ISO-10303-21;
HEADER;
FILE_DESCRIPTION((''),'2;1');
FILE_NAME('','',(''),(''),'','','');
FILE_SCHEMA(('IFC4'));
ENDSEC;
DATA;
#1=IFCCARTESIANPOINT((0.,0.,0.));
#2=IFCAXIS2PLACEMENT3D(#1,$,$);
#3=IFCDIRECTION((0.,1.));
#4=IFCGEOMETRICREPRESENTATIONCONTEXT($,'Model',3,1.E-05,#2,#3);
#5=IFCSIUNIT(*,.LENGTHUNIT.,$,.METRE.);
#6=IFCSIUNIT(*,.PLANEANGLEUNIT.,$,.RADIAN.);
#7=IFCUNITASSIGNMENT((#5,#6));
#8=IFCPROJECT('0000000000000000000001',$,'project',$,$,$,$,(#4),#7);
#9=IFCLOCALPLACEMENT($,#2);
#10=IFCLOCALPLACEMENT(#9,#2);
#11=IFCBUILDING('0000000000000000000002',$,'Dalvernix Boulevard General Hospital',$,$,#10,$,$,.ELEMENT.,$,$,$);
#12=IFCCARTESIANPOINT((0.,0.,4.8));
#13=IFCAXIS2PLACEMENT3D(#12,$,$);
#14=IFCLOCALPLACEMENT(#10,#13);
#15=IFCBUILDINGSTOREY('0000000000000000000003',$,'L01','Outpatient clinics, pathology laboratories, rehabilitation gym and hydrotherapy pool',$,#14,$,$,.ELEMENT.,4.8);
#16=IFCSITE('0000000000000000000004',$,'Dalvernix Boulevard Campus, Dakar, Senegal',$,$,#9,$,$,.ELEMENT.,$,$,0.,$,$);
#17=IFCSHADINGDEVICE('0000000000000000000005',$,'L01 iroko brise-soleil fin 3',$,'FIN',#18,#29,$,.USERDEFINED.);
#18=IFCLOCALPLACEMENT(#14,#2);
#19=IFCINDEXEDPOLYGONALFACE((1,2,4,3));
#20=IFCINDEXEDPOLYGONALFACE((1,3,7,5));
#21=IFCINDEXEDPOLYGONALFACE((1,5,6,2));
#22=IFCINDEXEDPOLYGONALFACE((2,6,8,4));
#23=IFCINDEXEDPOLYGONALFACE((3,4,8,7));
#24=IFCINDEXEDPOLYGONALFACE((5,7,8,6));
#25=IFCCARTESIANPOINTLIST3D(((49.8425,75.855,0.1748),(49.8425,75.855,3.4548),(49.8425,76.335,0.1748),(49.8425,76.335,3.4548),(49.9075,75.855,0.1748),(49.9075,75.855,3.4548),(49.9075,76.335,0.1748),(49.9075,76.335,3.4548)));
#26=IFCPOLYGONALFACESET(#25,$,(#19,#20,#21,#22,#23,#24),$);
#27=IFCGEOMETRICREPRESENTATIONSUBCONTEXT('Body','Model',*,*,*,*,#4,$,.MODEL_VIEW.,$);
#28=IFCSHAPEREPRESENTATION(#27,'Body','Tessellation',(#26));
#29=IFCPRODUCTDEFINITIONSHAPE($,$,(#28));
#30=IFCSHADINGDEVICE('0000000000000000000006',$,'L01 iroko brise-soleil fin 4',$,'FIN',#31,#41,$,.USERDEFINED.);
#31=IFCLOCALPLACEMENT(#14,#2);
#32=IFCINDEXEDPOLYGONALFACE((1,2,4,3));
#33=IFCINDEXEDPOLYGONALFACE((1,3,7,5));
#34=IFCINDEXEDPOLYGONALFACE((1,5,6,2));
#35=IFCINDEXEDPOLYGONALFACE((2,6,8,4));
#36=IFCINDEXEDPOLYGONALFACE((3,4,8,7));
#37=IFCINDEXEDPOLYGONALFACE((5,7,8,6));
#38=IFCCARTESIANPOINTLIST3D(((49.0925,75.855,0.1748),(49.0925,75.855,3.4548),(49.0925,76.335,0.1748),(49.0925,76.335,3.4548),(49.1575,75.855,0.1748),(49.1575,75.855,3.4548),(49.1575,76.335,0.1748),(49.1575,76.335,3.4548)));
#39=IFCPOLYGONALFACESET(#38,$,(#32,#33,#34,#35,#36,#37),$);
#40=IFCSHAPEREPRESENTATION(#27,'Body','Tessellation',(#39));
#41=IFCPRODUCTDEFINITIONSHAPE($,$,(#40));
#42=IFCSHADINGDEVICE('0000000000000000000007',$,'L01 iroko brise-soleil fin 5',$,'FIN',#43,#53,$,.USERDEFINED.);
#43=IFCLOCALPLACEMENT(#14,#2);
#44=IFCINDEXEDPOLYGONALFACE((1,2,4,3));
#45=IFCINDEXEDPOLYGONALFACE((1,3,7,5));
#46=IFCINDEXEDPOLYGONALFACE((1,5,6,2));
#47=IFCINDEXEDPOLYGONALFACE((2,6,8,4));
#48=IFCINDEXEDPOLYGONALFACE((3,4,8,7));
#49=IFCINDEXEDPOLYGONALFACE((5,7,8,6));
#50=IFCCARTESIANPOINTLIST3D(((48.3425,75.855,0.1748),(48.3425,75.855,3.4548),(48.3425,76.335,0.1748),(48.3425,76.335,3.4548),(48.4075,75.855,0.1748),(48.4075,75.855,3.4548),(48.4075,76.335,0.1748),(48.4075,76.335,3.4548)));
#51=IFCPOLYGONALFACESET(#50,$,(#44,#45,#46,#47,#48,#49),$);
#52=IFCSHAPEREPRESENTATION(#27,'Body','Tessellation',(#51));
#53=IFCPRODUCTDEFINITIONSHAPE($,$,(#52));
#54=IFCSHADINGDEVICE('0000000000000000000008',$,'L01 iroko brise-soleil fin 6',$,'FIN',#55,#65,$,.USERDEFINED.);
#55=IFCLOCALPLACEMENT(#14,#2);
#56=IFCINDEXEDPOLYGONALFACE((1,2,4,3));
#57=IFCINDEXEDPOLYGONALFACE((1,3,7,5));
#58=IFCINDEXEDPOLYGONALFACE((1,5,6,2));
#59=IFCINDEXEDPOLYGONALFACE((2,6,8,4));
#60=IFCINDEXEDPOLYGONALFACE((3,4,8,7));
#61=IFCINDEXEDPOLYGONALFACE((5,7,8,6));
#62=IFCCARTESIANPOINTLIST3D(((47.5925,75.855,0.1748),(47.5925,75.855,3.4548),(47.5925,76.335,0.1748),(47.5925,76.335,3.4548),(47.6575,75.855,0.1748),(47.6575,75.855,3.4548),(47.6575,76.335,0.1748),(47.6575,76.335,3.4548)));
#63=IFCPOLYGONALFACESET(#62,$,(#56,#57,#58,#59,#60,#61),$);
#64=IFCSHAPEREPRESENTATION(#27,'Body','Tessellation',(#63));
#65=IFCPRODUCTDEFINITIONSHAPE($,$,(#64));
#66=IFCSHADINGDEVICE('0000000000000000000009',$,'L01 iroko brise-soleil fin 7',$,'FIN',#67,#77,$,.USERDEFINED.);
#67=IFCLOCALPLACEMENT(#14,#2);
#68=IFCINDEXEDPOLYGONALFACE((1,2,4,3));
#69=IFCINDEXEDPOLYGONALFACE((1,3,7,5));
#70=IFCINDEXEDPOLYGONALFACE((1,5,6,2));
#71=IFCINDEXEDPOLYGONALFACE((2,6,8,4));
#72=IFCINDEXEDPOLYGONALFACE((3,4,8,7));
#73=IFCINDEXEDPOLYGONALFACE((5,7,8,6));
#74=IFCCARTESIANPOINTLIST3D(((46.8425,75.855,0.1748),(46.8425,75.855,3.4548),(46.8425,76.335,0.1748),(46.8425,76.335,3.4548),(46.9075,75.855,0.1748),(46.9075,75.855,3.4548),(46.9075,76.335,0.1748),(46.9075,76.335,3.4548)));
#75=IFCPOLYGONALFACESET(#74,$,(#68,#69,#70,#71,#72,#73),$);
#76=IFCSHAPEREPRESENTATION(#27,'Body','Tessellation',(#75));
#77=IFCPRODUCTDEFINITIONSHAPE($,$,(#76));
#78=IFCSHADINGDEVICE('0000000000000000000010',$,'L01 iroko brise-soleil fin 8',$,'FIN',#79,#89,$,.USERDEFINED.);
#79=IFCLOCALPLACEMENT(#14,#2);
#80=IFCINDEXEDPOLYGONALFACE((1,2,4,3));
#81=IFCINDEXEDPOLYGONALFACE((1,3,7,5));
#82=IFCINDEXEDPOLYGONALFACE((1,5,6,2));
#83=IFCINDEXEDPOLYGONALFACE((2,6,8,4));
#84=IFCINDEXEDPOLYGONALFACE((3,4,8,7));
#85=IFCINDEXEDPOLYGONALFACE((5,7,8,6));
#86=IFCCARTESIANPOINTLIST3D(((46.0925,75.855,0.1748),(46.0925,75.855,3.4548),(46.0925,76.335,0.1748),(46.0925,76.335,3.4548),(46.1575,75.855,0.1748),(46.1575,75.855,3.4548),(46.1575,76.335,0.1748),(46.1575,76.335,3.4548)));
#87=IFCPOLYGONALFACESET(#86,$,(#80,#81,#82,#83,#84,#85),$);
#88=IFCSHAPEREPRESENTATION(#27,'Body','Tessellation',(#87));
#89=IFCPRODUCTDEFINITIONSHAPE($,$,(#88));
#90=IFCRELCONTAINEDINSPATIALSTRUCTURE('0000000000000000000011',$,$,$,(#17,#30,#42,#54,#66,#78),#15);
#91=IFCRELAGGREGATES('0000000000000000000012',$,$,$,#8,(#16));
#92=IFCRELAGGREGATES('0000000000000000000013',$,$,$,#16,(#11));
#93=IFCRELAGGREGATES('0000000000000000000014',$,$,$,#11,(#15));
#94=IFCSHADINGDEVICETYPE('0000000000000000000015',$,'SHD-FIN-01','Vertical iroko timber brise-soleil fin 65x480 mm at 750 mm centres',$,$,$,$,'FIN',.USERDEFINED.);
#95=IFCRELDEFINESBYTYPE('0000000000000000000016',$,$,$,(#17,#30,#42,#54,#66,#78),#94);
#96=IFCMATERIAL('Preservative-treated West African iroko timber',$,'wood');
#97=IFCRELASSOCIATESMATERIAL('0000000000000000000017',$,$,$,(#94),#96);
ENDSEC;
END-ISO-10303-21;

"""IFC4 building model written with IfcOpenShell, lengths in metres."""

from ifc_helpers import new_model, si_unit, direction, frame, origin, origin_2d, place, context, subcontext, project, spatial, rectangle, extrude, material, type_object, element, save


model = new_model("IFC4")

# Units and contexts
model_context = context("Model", 3, precision=1e-05, world=origin(), true_north=direction((0.0, 1.0)))
body_context = subcontext(model_context, "Body", "Model", "MODEL_VIEW")
ifc_project = project(units=[si_unit("LENGTHUNIT", "METRE"), si_unit("PLANEANGLEUNIT", "RADIAN")], contexts=[model_context])

# Site, building, storey
site_placement = place(None, origin())
site = spatial("IfcSite", under=ifc_project, at=site_placement, Name="Dalvernix Boulevard Campus, Dakar, Senegal", CompositionType="ELEMENT", RefElevation=0.0)
building_placement = place(site_placement, origin())
building = spatial("IfcBuilding", under=site, at=building_placement, Name="Dalvernix Boulevard General Hospital", CompositionType="ELEMENT")
storey_placement = place(building_placement, frame((0.0, 0.0, 4.8)))
storey = spatial("IfcBuildingStorey", under=building, at=storey_placement, Name="L01", Description="Outpatient clinics, pathology laboratories, rehabilitation gym and hydrotherapy pool", CompositionType="ELEMENT", Elevation=4.8)

# Shading devices
ifc_material_1 = material(Name="Preservative-treated West African iroko timber", Category="wood")
shading_device_type = type_object("IfcShadingDeviceType", Name="SHD-FIN-01", Description="Vertical iroko timber brise-soleil fin 65x480 mm at 750 mm centres", ElementType="FIN", PredefinedType="USERDEFINED", material=ifc_material_1)
for number, where, z_axis, x_axis, name in (
    (1, (49.875, 76.095, 0.1748), (0.0, 0.0, 1.0), (-1.0, 0.0, 0.0), "L01 iroko brise-soleil fin 3"),
    (2, (49.125, 76.095, 0.1748), (0.0, 0.0, 1.0), (-1.0, 0.0, 0.0), "L01 iroko brise-soleil fin 4"),
    (3, (48.375, 76.095, 0.1748), (0.0, 0.0, 1.0), (-1.0, 0.0, 0.0), "L01 iroko brise-soleil fin 5"),
    (4, (47.625, 76.095, 0.1748), (0.0, 0.0, 1.0), (-1.0, 0.0, 0.0), "L01 iroko brise-soleil fin 6"),
    (5, (46.875, 76.095, 0.1748), (0.0, 0.0, 1.0), (-1.0, 0.0, 0.0), "L01 iroko brise-soleil fin 7"),
    (6, (46.125, 76.095, 0.1748), (0.0, 0.0, 1.0), (-1.0, 0.0, 0.0), "L01 iroko brise-soleil fin 8"),
):
    element("IfcShadingDevice", number, at=place(storey_placement, frame(where, z_axis=z_axis, x_axis=x_axis)), inside=storey, type_object=shading_device_type, Name=name, ObjectType="FIN", PredefinedType="USERDEFINED", context=body_context, shape_type="SweptSolid", body=[
        extrude(rectangle(XDim=0.0649, YDim=0.48, at=origin_2d()), origin(), (0.0, 0.0, 1.0), 3.28),
    ])

save(model, "model.ifc")
